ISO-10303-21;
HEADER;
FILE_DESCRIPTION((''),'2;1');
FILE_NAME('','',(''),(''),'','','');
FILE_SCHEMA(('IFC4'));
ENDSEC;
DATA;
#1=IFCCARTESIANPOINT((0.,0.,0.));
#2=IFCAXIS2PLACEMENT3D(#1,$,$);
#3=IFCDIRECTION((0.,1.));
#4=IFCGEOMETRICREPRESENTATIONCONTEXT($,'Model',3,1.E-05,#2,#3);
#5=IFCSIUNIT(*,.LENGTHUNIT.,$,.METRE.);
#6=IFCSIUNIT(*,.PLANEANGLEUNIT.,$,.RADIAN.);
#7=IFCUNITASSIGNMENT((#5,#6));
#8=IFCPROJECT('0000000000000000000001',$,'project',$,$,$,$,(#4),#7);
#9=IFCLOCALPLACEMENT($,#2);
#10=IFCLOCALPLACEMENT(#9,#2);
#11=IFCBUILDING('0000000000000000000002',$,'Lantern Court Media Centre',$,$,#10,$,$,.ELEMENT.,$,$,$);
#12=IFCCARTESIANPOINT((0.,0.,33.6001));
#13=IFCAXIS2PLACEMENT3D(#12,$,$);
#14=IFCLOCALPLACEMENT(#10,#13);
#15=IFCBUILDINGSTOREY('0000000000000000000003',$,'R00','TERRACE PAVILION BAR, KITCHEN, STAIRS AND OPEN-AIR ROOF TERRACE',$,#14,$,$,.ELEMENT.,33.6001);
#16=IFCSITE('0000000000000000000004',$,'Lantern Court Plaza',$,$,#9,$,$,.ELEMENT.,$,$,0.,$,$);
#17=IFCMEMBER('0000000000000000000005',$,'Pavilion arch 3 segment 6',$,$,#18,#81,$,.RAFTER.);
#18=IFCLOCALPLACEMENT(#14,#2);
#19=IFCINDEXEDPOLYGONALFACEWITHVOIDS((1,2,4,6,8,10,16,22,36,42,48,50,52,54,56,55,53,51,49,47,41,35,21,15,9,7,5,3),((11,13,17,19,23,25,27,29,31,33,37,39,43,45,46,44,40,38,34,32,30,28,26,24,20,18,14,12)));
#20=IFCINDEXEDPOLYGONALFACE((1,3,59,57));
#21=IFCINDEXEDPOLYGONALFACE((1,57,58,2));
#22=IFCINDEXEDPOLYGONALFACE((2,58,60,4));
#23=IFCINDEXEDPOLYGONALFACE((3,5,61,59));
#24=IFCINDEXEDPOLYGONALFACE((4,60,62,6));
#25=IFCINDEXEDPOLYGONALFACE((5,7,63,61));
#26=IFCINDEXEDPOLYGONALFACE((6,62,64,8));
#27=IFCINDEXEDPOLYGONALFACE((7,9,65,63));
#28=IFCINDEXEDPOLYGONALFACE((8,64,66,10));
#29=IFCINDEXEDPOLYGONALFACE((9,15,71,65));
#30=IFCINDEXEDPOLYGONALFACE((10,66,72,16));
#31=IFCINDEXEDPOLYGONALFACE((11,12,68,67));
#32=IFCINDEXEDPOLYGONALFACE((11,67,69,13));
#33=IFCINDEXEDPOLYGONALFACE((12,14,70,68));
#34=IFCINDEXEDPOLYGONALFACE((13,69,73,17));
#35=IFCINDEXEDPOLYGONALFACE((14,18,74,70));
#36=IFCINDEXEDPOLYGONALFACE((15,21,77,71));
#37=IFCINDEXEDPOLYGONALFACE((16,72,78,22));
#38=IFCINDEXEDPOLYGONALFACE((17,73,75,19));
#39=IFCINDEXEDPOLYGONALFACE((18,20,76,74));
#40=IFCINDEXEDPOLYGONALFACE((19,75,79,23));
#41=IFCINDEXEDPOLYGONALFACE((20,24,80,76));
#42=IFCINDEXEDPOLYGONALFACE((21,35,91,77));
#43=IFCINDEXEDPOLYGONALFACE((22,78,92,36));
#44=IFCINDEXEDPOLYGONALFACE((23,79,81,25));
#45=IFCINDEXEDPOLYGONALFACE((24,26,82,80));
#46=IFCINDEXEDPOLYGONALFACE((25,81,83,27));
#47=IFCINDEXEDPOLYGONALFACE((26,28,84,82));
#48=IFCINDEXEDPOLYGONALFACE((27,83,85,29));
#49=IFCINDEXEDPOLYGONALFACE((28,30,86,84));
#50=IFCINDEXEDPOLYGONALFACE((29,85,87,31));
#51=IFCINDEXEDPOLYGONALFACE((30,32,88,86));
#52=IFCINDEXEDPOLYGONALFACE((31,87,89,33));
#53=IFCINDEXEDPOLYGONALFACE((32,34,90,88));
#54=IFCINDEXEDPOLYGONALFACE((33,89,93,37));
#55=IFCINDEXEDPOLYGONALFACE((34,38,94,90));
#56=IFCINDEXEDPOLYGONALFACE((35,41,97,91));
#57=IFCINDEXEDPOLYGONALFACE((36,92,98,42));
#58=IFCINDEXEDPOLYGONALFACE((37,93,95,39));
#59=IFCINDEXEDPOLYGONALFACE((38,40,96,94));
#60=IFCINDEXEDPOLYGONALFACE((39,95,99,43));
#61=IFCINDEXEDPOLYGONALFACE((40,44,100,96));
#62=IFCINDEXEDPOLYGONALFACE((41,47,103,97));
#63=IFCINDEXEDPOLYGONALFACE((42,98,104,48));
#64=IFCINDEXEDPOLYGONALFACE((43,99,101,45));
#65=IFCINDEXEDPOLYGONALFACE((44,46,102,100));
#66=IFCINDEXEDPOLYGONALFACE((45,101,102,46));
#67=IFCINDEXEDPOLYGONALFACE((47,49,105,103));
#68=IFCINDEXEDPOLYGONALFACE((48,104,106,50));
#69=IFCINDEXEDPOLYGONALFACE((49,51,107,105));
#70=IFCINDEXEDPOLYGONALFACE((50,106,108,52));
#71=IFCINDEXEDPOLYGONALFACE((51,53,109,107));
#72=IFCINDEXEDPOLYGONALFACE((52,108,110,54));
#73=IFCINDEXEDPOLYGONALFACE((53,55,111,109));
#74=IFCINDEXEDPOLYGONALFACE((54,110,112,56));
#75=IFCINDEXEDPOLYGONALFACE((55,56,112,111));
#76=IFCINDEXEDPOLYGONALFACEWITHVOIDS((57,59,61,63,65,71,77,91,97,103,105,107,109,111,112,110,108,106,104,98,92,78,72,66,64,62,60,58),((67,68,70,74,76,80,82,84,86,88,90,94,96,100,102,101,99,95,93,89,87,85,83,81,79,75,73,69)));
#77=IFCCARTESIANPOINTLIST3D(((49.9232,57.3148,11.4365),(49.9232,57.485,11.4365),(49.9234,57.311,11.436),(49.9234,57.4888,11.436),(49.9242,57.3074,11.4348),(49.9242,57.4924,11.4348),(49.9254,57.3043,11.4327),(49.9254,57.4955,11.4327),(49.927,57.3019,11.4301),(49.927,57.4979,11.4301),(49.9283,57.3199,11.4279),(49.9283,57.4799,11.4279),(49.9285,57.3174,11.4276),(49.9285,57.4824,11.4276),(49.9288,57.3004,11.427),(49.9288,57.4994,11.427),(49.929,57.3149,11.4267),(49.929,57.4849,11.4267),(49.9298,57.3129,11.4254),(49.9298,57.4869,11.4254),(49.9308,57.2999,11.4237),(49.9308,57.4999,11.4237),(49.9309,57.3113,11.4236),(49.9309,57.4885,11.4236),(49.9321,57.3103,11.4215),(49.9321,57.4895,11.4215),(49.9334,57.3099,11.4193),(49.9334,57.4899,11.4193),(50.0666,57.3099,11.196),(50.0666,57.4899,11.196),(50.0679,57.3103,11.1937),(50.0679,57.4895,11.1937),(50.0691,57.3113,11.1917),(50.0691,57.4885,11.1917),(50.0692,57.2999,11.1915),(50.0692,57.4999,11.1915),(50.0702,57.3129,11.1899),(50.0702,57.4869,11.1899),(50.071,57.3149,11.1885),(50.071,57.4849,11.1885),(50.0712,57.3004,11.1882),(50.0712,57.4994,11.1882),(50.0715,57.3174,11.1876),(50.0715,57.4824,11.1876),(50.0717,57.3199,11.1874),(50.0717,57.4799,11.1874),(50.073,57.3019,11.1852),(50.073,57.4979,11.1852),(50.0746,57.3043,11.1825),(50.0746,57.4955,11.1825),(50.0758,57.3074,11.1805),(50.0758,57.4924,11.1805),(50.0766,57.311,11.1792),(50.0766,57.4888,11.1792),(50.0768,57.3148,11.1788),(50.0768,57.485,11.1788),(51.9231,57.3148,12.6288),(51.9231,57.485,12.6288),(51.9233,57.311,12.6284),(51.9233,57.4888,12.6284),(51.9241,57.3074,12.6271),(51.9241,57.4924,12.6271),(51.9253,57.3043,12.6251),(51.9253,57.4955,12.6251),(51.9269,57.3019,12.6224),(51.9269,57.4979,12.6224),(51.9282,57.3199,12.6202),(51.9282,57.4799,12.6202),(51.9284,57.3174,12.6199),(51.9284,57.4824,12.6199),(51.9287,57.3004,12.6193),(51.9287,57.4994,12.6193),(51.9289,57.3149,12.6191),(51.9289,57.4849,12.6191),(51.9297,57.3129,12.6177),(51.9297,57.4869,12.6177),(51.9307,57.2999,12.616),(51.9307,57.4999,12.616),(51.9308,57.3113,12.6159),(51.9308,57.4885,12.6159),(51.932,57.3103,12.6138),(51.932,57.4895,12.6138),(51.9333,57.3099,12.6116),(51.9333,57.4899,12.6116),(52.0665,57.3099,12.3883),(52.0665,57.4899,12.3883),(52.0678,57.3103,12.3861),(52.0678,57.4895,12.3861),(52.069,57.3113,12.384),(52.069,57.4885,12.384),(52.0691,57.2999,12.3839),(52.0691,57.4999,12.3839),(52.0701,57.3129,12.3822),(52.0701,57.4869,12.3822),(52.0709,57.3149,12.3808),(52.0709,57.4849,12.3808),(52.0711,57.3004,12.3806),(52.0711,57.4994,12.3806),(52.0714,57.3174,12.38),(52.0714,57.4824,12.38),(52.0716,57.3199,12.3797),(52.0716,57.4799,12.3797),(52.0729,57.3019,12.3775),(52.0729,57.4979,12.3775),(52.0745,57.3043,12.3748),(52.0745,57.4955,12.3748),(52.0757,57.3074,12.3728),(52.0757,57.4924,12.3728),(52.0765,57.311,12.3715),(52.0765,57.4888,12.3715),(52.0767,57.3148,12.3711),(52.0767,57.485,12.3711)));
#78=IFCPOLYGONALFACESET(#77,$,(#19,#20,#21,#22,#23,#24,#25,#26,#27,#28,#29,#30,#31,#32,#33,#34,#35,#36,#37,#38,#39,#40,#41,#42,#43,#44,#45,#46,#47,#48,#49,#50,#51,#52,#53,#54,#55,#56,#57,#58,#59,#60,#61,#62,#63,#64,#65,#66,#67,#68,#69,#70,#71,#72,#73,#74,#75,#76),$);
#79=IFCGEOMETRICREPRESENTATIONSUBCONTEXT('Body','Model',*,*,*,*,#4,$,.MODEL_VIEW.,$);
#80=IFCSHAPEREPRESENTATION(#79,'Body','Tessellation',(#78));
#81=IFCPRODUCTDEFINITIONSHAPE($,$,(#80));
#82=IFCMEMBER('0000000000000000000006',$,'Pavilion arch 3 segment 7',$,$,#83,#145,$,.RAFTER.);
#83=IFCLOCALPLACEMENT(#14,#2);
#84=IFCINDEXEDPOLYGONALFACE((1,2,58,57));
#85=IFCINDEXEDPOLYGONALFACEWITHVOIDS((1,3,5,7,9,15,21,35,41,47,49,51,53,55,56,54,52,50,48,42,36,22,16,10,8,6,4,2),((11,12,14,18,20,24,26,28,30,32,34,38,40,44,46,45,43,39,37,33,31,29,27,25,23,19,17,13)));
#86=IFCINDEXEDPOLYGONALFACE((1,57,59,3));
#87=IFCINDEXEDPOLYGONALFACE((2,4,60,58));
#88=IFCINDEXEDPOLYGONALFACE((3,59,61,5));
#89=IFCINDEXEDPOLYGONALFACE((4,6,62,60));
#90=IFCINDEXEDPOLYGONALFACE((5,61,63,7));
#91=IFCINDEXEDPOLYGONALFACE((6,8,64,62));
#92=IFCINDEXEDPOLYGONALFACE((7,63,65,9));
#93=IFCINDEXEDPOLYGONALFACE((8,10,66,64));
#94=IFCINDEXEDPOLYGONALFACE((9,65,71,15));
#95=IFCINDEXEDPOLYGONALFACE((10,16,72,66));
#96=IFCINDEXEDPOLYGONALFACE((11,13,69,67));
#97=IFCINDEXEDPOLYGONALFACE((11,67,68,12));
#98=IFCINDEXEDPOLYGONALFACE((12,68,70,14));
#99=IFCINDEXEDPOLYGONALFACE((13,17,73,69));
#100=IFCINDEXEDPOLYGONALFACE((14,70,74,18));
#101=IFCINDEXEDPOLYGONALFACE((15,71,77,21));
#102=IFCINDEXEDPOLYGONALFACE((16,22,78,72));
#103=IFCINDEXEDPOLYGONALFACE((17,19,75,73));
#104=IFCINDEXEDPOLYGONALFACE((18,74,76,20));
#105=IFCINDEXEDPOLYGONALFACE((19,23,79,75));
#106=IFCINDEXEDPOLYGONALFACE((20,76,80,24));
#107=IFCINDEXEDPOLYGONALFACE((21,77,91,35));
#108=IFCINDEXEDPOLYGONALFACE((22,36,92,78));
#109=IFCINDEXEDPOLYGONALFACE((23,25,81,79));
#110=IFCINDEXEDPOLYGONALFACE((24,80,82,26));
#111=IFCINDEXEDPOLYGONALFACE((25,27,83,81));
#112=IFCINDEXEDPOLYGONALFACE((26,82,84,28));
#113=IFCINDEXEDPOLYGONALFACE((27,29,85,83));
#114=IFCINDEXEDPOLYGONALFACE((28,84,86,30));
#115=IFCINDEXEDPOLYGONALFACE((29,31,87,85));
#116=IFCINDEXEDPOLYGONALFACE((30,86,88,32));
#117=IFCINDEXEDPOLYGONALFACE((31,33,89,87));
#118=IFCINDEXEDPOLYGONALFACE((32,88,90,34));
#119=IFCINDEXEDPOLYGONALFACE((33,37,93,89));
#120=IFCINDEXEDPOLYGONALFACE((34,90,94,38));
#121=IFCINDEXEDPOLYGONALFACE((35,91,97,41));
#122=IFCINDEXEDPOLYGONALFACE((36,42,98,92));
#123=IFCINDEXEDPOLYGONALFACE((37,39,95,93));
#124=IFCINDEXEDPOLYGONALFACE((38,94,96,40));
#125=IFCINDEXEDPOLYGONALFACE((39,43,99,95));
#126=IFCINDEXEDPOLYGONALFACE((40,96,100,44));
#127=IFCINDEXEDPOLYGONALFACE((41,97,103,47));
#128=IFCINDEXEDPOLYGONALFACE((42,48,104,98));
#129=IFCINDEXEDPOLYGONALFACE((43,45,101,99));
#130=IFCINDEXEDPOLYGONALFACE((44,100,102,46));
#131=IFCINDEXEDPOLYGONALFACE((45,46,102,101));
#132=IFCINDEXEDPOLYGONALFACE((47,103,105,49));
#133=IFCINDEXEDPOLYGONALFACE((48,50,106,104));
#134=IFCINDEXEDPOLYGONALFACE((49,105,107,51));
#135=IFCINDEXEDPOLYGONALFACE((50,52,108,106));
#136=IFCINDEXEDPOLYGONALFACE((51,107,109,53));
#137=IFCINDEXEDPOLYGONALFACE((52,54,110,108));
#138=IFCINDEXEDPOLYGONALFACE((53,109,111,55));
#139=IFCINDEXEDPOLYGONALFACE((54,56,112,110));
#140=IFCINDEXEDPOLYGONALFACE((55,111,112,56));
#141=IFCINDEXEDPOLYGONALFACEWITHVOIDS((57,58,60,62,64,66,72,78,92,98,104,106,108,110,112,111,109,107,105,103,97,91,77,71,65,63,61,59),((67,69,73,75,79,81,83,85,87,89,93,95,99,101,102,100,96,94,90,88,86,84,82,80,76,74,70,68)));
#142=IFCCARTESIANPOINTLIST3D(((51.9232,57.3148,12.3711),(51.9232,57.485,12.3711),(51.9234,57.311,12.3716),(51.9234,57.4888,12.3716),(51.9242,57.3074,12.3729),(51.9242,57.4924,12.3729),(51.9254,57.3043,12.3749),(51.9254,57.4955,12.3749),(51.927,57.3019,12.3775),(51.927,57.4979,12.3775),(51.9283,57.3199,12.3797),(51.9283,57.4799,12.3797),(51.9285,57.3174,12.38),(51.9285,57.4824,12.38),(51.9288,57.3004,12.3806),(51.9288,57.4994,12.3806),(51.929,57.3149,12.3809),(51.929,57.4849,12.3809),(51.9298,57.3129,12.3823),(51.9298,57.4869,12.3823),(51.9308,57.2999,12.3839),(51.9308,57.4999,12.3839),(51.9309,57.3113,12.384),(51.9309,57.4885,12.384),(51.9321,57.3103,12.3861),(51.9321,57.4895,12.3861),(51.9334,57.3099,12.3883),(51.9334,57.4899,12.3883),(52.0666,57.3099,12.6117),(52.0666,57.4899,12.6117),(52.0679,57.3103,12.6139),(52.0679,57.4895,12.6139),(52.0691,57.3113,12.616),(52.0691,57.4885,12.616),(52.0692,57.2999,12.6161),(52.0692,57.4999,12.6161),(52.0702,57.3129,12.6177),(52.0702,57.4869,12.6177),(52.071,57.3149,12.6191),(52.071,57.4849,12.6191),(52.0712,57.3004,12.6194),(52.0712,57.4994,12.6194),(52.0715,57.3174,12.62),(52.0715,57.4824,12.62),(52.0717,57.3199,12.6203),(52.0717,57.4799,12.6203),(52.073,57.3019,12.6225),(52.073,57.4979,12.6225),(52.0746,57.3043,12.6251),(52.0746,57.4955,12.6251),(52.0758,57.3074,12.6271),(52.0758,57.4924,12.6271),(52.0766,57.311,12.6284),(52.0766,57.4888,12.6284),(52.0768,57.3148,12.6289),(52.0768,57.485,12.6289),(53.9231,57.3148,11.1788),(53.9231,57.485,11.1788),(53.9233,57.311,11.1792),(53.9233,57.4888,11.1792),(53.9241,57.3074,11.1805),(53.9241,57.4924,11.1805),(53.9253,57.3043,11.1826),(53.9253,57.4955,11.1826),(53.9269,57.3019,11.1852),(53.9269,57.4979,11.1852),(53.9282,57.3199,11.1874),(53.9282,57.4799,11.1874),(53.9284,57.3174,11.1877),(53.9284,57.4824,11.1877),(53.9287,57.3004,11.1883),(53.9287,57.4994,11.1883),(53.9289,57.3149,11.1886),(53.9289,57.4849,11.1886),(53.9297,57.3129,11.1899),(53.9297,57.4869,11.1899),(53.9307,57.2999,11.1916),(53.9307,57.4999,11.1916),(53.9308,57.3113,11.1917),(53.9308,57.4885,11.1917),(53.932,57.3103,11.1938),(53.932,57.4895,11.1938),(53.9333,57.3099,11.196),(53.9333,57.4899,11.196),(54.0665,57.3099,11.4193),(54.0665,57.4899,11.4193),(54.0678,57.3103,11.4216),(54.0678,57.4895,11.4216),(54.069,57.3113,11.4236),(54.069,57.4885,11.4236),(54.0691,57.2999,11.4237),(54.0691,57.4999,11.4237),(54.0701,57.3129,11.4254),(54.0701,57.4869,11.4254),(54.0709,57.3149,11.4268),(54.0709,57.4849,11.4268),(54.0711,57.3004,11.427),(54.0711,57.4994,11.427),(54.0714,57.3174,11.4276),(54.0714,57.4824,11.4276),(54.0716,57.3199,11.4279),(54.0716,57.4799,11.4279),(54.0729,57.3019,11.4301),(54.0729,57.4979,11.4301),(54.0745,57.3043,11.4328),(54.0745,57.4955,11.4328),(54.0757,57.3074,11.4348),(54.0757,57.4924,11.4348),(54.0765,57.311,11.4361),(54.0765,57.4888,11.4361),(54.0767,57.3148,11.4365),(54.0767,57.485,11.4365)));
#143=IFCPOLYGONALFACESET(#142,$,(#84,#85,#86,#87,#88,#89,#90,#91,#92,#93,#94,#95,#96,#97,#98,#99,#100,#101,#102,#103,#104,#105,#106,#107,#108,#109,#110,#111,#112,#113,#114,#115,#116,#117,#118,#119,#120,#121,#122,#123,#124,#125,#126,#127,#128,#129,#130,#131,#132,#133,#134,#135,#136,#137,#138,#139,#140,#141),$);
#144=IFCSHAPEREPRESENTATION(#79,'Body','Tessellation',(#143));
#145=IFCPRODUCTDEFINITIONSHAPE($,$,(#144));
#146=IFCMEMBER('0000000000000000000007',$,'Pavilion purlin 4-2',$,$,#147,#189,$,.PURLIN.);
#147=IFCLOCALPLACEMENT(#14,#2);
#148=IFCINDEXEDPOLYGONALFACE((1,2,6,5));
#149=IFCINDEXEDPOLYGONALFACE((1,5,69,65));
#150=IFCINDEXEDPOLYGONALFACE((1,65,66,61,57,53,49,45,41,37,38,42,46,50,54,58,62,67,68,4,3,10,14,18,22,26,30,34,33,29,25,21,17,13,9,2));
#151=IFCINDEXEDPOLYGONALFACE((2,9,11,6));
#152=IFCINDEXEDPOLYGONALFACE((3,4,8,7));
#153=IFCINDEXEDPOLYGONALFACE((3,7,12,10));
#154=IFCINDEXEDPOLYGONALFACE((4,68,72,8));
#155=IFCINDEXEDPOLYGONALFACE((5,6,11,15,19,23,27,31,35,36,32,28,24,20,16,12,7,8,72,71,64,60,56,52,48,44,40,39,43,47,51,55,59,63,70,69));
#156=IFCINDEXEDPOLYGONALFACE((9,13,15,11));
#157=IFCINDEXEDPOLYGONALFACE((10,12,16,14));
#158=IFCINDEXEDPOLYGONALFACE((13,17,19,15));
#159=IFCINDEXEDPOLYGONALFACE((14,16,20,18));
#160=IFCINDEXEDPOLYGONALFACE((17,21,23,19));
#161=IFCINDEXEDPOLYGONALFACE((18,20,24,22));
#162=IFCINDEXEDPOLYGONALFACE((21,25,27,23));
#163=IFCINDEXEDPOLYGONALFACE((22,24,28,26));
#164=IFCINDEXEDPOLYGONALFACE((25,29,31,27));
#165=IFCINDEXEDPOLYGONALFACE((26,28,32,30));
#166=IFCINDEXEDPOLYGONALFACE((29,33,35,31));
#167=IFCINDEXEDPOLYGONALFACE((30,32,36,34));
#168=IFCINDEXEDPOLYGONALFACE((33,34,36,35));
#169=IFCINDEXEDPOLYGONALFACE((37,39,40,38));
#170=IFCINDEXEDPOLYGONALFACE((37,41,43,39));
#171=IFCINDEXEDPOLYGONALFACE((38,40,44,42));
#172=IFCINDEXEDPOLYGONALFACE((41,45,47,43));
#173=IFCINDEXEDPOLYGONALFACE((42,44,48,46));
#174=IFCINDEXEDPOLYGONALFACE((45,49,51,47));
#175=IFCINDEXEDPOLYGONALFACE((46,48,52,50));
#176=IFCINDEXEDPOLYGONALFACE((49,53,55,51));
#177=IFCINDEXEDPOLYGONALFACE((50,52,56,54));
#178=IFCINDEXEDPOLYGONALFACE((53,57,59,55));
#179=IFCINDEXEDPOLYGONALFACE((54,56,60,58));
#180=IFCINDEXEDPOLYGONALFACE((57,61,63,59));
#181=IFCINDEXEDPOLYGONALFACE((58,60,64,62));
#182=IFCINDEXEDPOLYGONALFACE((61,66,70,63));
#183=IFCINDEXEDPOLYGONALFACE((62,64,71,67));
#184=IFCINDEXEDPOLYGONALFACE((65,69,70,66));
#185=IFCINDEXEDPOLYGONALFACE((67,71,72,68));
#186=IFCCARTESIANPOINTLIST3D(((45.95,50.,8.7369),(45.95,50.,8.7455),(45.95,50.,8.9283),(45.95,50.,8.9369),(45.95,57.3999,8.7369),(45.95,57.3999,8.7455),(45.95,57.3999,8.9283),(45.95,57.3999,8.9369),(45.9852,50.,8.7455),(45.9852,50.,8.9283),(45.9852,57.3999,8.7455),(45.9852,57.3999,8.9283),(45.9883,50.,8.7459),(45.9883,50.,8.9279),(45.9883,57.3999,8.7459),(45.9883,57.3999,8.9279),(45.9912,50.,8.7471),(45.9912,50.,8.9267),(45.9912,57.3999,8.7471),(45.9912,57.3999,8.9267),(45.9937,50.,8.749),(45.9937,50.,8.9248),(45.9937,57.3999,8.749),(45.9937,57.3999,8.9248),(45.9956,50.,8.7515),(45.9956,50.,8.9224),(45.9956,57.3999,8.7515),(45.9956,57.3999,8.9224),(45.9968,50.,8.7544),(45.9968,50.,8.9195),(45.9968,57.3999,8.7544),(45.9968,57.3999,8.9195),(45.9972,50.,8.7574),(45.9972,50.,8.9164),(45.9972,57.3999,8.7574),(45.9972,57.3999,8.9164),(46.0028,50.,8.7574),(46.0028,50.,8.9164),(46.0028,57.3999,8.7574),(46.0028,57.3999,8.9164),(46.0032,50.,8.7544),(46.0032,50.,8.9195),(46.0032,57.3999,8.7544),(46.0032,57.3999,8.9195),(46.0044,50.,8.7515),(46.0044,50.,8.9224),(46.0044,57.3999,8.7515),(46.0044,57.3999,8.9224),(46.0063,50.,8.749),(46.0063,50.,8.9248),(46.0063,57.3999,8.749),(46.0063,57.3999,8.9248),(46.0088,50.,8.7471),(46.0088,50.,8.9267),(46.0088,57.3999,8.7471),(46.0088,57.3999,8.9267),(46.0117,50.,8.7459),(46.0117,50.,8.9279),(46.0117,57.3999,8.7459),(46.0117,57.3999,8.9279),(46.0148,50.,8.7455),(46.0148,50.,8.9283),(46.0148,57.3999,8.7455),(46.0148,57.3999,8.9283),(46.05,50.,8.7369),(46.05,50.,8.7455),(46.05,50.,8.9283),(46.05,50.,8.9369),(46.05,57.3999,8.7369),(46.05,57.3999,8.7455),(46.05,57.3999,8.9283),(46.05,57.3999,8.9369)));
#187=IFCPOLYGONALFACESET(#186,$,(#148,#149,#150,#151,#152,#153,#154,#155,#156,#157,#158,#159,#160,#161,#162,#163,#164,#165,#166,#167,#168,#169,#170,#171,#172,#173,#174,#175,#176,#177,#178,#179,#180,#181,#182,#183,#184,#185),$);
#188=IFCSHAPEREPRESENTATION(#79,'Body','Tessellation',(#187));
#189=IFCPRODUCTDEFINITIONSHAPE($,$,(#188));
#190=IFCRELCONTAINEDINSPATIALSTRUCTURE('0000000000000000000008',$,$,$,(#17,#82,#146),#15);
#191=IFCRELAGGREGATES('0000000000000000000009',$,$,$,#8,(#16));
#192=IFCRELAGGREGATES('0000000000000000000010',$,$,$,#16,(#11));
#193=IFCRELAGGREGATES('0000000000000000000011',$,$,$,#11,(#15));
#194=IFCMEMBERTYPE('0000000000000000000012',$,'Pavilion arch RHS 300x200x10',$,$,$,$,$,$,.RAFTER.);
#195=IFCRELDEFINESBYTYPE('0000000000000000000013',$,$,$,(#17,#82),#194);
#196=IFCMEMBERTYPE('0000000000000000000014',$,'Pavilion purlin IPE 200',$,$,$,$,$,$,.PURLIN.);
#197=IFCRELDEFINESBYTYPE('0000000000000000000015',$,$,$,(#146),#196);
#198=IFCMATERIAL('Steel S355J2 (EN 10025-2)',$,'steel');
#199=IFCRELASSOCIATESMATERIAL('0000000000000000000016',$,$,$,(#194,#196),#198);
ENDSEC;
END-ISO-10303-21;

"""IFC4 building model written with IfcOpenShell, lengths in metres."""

from ifc_helpers import new_model, si_unit, direction, frame, origin, origin_2d, place, context, subcontext, project, spatial, hollow_rectangle, i_section, extrude, material, material_profile, profile_set, type_object, element, save


model = new_model("IFC4")

# Units and contexts
model_context = context("Model", 3, precision=1e-05, world=origin(), true_north=direction((0.0, 1.0)))
body_context = subcontext(model_context, "Body", "Model", "MODEL_VIEW")
ifc_project = project(units=[si_unit("LENGTHUNIT", "METRE"), si_unit("PLANEANGLEUNIT", "RADIAN")], contexts=[model_context])

# Site, building, storey
site_placement = place(None, origin())
site = spatial("IfcSite", under=ifc_project, at=site_placement, Name="Lantern Court Plaza", CompositionType="ELEMENT", RefElevation=0.0)
building_placement = place(site_placement, origin())
building = spatial("IfcBuilding", under=site, at=building_placement, Name="Lantern Court Media Centre", CompositionType="ELEMENT")
storey_placement = place(building_placement, frame((0.0, 0.0, 33.6001)))
storey = spatial("IfcBuildingStorey", under=building, at=storey_placement, Name="R00", Description="TERRACE PAVILION BAR, KITCHEN, STAIRS AND OPEN-AIR ROOF TERRACE", CompositionType="ELEMENT", Elevation=33.6001)

# Members
ifc_material_1 = material(Name="Steel S355J2 (EN 10025-2)", Category="steel")
ifc_material_profile_1 = material_profile(ifc_material_1, hollow_rectangle(XDim=0.2, YDim=0.3, WallThickness=0.01, InnerFilletRadius=0.01, OuterFilletRadius=0.0149, at=origin_2d()), Name="Pavilion arch RHS 300x200x10")
ifc_profile_set_1 = profile_set([ifc_material_profile_1], Name="Steel S355J2 (EN 10025-2)")
member_type_1 = type_object("IfcMemberType", Name="Pavilion arch RHS 300x200x10", PredefinedType="RAFTER", material=ifc_profile_set_1)
for number, where, z_axis, x_axis, name in (
    (1, (50.0, 57.3999, 11.3076), (0.858933, 0.0, 0.512088), (0.0, 1.0, 0.0), "Pavilion arch 3 segment 6"),
    (2, (52.0, 57.3999, 12.5), (0.858933, 0.0, -0.512088), (0.0, 1.0, 0.0), "Pavilion arch 3 segment 7"),
):
    element("IfcMember", number, at=place(storey_placement, frame(where, z_axis=z_axis, x_axis=x_axis)), inside=storey, type_object=member_type_1, Name=name, PredefinedType="RAFTER", context=body_context, shape_type="SweptSolid", body=[
        extrude(hollow_rectangle(XDim=0.2, YDim=0.3, WallThickness=0.01, InnerFilletRadius=0.01, OuterFilletRadius=0.0149, at=origin_2d()), origin(), (0.0, 0.0, 1.0), 2.3284),
    ])
ifc_material_profile_2 = material_profile(ifc_material_1, i_section(OverallWidth=0.1001, OverallDepth=0.2, WebThickness=0.0056, FlangeThickness=0.0085, FilletRadius=0.012, at=origin_2d()), Name="IPE 200")
ifc_profile_set_2 = profile_set([ifc_material_profile_2], Name="Steel S355J2 (EN 10025-2)")
member_type_2 = type_object("IfcMemberType", Name="Pavilion purlin IPE 200", PredefinedType="PURLIN", material=ifc_profile_set_2)
for number, where, z_axis, x_axis, name in (
    (3, (46.0, 50.0, 8.8369), (0.0, 1.0, 0.0), (-1.0, 0.0, 0.0), "Pavilion purlin 4-2"),
):
    element("IfcMember", number, at=place(storey_placement, frame(where, z_axis=z_axis, x_axis=x_axis)), inside=storey, type_object=member_type_2, Name=name, PredefinedType="PURLIN", context=body_context, shape_type="SweptSolid", body=[
        extrude(i_section(OverallWidth=0.1001, OverallDepth=0.2, WebThickness=0.0056, FlangeThickness=0.0085, FilletRadius=0.012, at=origin_2d()), origin(), (0.0, 0.0, 1.0), 7.3999),
    ])

save(model, "model.ifc")
